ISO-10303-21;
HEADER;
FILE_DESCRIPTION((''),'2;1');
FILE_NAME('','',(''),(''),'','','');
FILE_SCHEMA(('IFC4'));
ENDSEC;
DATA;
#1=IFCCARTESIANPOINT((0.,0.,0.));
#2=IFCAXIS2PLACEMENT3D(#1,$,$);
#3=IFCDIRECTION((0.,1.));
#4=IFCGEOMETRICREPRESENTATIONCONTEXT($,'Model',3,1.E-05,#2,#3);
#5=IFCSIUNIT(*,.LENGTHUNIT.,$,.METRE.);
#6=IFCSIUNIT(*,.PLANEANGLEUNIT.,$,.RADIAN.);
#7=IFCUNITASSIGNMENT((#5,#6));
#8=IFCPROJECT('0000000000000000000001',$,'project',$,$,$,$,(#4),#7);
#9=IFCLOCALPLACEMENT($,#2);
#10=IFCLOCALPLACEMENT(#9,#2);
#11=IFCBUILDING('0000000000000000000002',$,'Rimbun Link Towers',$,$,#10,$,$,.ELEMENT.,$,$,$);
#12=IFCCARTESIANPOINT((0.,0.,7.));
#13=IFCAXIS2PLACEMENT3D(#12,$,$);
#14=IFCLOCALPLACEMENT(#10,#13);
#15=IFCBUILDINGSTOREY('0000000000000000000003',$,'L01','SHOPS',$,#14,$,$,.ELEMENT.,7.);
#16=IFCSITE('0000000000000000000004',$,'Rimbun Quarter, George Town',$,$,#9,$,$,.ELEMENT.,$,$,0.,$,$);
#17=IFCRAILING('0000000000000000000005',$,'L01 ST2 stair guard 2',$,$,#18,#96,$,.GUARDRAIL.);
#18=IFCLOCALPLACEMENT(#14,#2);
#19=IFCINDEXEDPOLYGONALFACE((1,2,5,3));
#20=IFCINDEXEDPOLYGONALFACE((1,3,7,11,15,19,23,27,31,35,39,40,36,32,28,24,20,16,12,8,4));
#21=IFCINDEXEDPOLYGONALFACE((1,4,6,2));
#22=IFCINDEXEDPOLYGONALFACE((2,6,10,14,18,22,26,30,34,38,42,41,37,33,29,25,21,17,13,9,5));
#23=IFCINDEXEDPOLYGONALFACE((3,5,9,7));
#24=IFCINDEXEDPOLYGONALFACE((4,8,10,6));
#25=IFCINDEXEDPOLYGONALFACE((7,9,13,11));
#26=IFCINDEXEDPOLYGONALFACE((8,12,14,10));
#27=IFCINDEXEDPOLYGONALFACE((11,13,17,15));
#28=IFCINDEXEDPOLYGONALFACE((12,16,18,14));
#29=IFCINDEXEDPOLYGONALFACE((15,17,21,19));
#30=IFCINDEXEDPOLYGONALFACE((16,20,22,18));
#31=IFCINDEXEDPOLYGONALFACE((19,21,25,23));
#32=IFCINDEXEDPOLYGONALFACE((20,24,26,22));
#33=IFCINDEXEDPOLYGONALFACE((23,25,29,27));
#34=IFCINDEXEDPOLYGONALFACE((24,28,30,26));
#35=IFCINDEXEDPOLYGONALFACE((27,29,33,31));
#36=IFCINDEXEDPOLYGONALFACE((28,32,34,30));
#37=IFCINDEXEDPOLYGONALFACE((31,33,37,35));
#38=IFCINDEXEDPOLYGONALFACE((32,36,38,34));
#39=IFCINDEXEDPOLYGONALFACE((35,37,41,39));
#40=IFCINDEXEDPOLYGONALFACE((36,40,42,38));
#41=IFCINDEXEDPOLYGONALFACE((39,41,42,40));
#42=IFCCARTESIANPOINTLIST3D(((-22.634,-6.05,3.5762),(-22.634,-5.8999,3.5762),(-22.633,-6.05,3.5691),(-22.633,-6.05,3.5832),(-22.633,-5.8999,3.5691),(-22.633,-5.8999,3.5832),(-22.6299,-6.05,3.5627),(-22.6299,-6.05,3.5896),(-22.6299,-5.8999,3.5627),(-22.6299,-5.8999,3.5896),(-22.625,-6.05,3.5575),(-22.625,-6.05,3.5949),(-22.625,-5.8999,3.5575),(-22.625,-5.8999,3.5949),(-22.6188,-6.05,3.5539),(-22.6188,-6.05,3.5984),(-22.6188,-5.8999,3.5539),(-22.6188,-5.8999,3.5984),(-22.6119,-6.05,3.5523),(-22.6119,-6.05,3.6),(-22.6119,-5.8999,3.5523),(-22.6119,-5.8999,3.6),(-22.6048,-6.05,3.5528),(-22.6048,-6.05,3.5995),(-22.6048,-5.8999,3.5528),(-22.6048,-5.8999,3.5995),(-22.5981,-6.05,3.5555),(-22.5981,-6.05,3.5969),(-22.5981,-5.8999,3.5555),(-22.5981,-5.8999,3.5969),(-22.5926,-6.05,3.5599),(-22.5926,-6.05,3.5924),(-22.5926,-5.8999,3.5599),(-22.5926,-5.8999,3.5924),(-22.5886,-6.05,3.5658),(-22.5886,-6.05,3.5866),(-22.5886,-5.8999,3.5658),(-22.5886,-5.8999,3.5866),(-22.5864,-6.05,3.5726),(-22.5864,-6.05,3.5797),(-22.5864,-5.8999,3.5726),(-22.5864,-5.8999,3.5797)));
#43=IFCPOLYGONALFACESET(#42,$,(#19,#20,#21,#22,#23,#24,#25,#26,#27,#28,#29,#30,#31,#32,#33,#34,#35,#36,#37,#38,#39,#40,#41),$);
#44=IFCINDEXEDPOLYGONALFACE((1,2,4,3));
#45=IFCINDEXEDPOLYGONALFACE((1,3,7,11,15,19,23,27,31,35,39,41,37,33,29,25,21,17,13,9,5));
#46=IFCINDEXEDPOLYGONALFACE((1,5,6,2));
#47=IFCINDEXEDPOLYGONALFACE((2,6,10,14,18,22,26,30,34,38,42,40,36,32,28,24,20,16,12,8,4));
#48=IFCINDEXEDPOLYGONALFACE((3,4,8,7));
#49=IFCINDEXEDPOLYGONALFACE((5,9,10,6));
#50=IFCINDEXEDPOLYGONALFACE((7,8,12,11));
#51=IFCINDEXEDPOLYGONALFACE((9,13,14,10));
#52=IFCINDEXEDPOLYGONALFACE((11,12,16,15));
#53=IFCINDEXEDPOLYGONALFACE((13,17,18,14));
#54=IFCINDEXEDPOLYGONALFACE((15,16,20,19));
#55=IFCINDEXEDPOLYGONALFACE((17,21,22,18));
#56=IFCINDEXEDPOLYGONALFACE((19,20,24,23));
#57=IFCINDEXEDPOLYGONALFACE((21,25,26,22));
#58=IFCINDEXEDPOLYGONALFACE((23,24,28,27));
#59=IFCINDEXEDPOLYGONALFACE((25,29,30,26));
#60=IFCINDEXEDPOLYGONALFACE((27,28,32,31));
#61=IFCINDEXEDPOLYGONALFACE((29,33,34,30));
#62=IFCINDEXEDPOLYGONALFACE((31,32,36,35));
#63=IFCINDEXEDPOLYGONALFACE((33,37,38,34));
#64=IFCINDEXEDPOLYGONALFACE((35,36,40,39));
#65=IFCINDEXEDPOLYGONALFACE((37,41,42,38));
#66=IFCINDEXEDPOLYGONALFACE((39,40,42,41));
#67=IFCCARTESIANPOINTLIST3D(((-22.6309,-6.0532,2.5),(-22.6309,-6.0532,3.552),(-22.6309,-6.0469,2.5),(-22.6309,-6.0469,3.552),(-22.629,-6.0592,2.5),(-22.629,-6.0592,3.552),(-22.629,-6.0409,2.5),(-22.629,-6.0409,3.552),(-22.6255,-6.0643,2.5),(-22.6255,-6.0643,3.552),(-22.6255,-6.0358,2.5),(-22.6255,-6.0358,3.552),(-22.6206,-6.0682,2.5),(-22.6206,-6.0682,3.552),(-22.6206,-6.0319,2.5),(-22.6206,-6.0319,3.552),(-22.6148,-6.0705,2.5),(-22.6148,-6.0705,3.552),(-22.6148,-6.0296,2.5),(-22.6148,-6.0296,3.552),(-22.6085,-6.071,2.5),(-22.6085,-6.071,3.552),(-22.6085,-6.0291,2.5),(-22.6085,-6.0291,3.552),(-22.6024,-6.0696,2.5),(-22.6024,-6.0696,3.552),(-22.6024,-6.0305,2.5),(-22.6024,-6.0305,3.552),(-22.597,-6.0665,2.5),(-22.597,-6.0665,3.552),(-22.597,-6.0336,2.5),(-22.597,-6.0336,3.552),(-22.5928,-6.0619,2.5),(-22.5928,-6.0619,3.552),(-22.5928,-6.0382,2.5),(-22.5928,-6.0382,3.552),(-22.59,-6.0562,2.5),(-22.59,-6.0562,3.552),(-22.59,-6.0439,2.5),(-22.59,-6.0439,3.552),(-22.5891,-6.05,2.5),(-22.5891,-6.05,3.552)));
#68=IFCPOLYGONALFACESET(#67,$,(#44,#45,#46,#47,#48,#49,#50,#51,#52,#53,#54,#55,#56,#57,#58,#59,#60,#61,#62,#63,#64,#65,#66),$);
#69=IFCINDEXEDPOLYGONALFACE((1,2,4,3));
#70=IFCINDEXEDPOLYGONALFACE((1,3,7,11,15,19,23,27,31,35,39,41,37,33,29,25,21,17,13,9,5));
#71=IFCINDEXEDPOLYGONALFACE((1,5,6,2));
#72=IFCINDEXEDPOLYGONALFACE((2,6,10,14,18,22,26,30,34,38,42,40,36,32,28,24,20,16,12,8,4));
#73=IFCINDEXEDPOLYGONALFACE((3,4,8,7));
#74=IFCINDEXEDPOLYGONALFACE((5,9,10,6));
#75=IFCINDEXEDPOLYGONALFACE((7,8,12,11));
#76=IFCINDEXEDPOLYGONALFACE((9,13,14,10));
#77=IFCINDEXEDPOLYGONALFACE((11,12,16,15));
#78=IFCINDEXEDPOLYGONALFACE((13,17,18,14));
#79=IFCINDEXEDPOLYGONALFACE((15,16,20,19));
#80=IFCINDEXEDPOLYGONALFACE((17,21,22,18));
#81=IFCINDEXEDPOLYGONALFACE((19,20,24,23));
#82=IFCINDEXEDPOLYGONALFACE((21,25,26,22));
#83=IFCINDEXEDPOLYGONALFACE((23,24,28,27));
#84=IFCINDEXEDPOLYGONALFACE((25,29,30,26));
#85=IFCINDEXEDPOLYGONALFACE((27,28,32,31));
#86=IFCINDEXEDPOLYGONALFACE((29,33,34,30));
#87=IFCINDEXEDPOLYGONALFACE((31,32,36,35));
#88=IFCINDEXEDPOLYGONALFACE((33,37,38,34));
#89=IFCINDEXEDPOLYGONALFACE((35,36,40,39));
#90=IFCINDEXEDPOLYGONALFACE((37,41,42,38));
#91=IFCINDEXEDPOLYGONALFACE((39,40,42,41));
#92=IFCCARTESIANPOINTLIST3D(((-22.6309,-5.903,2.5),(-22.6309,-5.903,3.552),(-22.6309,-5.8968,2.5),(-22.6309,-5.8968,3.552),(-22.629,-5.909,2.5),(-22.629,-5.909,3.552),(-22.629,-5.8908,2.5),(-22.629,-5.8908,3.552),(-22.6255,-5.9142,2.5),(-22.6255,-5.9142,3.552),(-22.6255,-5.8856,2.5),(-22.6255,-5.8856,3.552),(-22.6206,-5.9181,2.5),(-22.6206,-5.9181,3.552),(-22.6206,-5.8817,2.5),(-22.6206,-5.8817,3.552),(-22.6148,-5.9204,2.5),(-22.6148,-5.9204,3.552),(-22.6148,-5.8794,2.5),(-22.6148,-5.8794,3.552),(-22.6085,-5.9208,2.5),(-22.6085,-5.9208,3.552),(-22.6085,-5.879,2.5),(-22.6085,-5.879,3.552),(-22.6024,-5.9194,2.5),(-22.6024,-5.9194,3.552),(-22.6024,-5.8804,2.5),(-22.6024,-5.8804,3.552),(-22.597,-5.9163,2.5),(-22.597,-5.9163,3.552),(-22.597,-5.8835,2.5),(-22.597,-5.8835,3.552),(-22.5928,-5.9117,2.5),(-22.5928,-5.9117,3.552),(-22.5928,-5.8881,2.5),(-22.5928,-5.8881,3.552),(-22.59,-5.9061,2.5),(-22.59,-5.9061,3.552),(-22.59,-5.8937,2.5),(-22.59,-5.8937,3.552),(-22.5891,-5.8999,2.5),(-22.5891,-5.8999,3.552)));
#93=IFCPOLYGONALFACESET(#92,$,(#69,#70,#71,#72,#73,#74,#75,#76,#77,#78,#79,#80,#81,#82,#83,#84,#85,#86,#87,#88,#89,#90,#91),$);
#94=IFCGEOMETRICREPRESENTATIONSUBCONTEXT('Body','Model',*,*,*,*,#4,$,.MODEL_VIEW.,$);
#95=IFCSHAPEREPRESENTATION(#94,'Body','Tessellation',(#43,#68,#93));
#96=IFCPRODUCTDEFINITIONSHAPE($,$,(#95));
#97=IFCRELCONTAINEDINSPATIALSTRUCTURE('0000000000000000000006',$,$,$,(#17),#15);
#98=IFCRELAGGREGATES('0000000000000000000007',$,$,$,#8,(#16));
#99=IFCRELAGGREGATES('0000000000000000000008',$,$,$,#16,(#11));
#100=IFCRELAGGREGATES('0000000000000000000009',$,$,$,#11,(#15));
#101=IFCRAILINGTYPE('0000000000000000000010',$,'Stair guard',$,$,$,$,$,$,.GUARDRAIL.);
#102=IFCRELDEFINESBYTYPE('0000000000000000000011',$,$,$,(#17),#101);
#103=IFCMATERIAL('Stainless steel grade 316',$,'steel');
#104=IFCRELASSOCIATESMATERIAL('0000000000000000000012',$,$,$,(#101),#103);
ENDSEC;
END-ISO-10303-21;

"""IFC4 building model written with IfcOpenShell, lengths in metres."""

from ifc_helpers import new_model, si_unit, direction, frame, origin, origin_2d, place, context, subcontext, project, spatial, circle, extrude, material, type_object, element, save


model = new_model("IFC4")

# Units and contexts
model_context = context("Model", 3, precision=1e-05, world=origin(), true_north=direction((0.0, 1.0)))
body_context = subcontext(model_context, "Body", "Model", "MODEL_VIEW")
ifc_project = project(units=[si_unit("LENGTHUNIT", "METRE"), si_unit("PLANEANGLEUNIT", "RADIAN")], contexts=[model_context])

# Site, building, storey
site_placement = place(None, origin())
site = spatial("IfcSite", under=ifc_project, at=site_placement, Name="Rimbun Quarter, George Town", CompositionType="ELEMENT", RefElevation=0.0)
building_placement = place(site_placement, origin())
building = spatial("IfcBuilding", under=site, at=building_placement, Name="Rimbun Link Towers", CompositionType="ELEMENT")
storey_placement = place(building_placement, frame((0.0, 0.0, 7.0)))
storey = spatial("IfcBuildingStorey", under=building, at=storey_placement, Name="L01", Description="SHOPS", CompositionType="ELEMENT", Elevation=7.0)

# Railing
ifc_material_1 = material(Name="Stainless steel grade 316", Category="steel")
railing_type_1 = type_object("IfcRailingType", Name="Stair guard", PredefinedType="GUARDRAIL", material=ifc_material_1)
railing_1_placement = place(storey_placement, frame((-22.6101, -6.05, 2.5)))
element("IfcRailing", 1, at=railing_1_placement, inside=storey, type_object=railing_type_1, Name="L01 ST2 stair guard 2", PredefinedType="GUARDRAIL", context=body_context, shape_type="SweptSolid", body=[
    extrude(circle(Radius=0.0239, at=origin_2d()), frame((0.0, 0.0, 1.0762), z_axis=(0.0, 1.0, 0.0), x_axis=(-1.0, 0.0, 0.0)), (0.0, 0.0, 1.0), 0.1501),
    extrude(circle(Radius=0.021, at=origin_2d()), origin(), (0.0, 0.0, 1.0), 1.052),
    extrude(circle(Radius=0.021, at=origin_2d()), frame((0.0, 0.1501, 0.0)), (0.0, 0.0, 1.0), 1.052),
])

save(model, "model.ifc")
